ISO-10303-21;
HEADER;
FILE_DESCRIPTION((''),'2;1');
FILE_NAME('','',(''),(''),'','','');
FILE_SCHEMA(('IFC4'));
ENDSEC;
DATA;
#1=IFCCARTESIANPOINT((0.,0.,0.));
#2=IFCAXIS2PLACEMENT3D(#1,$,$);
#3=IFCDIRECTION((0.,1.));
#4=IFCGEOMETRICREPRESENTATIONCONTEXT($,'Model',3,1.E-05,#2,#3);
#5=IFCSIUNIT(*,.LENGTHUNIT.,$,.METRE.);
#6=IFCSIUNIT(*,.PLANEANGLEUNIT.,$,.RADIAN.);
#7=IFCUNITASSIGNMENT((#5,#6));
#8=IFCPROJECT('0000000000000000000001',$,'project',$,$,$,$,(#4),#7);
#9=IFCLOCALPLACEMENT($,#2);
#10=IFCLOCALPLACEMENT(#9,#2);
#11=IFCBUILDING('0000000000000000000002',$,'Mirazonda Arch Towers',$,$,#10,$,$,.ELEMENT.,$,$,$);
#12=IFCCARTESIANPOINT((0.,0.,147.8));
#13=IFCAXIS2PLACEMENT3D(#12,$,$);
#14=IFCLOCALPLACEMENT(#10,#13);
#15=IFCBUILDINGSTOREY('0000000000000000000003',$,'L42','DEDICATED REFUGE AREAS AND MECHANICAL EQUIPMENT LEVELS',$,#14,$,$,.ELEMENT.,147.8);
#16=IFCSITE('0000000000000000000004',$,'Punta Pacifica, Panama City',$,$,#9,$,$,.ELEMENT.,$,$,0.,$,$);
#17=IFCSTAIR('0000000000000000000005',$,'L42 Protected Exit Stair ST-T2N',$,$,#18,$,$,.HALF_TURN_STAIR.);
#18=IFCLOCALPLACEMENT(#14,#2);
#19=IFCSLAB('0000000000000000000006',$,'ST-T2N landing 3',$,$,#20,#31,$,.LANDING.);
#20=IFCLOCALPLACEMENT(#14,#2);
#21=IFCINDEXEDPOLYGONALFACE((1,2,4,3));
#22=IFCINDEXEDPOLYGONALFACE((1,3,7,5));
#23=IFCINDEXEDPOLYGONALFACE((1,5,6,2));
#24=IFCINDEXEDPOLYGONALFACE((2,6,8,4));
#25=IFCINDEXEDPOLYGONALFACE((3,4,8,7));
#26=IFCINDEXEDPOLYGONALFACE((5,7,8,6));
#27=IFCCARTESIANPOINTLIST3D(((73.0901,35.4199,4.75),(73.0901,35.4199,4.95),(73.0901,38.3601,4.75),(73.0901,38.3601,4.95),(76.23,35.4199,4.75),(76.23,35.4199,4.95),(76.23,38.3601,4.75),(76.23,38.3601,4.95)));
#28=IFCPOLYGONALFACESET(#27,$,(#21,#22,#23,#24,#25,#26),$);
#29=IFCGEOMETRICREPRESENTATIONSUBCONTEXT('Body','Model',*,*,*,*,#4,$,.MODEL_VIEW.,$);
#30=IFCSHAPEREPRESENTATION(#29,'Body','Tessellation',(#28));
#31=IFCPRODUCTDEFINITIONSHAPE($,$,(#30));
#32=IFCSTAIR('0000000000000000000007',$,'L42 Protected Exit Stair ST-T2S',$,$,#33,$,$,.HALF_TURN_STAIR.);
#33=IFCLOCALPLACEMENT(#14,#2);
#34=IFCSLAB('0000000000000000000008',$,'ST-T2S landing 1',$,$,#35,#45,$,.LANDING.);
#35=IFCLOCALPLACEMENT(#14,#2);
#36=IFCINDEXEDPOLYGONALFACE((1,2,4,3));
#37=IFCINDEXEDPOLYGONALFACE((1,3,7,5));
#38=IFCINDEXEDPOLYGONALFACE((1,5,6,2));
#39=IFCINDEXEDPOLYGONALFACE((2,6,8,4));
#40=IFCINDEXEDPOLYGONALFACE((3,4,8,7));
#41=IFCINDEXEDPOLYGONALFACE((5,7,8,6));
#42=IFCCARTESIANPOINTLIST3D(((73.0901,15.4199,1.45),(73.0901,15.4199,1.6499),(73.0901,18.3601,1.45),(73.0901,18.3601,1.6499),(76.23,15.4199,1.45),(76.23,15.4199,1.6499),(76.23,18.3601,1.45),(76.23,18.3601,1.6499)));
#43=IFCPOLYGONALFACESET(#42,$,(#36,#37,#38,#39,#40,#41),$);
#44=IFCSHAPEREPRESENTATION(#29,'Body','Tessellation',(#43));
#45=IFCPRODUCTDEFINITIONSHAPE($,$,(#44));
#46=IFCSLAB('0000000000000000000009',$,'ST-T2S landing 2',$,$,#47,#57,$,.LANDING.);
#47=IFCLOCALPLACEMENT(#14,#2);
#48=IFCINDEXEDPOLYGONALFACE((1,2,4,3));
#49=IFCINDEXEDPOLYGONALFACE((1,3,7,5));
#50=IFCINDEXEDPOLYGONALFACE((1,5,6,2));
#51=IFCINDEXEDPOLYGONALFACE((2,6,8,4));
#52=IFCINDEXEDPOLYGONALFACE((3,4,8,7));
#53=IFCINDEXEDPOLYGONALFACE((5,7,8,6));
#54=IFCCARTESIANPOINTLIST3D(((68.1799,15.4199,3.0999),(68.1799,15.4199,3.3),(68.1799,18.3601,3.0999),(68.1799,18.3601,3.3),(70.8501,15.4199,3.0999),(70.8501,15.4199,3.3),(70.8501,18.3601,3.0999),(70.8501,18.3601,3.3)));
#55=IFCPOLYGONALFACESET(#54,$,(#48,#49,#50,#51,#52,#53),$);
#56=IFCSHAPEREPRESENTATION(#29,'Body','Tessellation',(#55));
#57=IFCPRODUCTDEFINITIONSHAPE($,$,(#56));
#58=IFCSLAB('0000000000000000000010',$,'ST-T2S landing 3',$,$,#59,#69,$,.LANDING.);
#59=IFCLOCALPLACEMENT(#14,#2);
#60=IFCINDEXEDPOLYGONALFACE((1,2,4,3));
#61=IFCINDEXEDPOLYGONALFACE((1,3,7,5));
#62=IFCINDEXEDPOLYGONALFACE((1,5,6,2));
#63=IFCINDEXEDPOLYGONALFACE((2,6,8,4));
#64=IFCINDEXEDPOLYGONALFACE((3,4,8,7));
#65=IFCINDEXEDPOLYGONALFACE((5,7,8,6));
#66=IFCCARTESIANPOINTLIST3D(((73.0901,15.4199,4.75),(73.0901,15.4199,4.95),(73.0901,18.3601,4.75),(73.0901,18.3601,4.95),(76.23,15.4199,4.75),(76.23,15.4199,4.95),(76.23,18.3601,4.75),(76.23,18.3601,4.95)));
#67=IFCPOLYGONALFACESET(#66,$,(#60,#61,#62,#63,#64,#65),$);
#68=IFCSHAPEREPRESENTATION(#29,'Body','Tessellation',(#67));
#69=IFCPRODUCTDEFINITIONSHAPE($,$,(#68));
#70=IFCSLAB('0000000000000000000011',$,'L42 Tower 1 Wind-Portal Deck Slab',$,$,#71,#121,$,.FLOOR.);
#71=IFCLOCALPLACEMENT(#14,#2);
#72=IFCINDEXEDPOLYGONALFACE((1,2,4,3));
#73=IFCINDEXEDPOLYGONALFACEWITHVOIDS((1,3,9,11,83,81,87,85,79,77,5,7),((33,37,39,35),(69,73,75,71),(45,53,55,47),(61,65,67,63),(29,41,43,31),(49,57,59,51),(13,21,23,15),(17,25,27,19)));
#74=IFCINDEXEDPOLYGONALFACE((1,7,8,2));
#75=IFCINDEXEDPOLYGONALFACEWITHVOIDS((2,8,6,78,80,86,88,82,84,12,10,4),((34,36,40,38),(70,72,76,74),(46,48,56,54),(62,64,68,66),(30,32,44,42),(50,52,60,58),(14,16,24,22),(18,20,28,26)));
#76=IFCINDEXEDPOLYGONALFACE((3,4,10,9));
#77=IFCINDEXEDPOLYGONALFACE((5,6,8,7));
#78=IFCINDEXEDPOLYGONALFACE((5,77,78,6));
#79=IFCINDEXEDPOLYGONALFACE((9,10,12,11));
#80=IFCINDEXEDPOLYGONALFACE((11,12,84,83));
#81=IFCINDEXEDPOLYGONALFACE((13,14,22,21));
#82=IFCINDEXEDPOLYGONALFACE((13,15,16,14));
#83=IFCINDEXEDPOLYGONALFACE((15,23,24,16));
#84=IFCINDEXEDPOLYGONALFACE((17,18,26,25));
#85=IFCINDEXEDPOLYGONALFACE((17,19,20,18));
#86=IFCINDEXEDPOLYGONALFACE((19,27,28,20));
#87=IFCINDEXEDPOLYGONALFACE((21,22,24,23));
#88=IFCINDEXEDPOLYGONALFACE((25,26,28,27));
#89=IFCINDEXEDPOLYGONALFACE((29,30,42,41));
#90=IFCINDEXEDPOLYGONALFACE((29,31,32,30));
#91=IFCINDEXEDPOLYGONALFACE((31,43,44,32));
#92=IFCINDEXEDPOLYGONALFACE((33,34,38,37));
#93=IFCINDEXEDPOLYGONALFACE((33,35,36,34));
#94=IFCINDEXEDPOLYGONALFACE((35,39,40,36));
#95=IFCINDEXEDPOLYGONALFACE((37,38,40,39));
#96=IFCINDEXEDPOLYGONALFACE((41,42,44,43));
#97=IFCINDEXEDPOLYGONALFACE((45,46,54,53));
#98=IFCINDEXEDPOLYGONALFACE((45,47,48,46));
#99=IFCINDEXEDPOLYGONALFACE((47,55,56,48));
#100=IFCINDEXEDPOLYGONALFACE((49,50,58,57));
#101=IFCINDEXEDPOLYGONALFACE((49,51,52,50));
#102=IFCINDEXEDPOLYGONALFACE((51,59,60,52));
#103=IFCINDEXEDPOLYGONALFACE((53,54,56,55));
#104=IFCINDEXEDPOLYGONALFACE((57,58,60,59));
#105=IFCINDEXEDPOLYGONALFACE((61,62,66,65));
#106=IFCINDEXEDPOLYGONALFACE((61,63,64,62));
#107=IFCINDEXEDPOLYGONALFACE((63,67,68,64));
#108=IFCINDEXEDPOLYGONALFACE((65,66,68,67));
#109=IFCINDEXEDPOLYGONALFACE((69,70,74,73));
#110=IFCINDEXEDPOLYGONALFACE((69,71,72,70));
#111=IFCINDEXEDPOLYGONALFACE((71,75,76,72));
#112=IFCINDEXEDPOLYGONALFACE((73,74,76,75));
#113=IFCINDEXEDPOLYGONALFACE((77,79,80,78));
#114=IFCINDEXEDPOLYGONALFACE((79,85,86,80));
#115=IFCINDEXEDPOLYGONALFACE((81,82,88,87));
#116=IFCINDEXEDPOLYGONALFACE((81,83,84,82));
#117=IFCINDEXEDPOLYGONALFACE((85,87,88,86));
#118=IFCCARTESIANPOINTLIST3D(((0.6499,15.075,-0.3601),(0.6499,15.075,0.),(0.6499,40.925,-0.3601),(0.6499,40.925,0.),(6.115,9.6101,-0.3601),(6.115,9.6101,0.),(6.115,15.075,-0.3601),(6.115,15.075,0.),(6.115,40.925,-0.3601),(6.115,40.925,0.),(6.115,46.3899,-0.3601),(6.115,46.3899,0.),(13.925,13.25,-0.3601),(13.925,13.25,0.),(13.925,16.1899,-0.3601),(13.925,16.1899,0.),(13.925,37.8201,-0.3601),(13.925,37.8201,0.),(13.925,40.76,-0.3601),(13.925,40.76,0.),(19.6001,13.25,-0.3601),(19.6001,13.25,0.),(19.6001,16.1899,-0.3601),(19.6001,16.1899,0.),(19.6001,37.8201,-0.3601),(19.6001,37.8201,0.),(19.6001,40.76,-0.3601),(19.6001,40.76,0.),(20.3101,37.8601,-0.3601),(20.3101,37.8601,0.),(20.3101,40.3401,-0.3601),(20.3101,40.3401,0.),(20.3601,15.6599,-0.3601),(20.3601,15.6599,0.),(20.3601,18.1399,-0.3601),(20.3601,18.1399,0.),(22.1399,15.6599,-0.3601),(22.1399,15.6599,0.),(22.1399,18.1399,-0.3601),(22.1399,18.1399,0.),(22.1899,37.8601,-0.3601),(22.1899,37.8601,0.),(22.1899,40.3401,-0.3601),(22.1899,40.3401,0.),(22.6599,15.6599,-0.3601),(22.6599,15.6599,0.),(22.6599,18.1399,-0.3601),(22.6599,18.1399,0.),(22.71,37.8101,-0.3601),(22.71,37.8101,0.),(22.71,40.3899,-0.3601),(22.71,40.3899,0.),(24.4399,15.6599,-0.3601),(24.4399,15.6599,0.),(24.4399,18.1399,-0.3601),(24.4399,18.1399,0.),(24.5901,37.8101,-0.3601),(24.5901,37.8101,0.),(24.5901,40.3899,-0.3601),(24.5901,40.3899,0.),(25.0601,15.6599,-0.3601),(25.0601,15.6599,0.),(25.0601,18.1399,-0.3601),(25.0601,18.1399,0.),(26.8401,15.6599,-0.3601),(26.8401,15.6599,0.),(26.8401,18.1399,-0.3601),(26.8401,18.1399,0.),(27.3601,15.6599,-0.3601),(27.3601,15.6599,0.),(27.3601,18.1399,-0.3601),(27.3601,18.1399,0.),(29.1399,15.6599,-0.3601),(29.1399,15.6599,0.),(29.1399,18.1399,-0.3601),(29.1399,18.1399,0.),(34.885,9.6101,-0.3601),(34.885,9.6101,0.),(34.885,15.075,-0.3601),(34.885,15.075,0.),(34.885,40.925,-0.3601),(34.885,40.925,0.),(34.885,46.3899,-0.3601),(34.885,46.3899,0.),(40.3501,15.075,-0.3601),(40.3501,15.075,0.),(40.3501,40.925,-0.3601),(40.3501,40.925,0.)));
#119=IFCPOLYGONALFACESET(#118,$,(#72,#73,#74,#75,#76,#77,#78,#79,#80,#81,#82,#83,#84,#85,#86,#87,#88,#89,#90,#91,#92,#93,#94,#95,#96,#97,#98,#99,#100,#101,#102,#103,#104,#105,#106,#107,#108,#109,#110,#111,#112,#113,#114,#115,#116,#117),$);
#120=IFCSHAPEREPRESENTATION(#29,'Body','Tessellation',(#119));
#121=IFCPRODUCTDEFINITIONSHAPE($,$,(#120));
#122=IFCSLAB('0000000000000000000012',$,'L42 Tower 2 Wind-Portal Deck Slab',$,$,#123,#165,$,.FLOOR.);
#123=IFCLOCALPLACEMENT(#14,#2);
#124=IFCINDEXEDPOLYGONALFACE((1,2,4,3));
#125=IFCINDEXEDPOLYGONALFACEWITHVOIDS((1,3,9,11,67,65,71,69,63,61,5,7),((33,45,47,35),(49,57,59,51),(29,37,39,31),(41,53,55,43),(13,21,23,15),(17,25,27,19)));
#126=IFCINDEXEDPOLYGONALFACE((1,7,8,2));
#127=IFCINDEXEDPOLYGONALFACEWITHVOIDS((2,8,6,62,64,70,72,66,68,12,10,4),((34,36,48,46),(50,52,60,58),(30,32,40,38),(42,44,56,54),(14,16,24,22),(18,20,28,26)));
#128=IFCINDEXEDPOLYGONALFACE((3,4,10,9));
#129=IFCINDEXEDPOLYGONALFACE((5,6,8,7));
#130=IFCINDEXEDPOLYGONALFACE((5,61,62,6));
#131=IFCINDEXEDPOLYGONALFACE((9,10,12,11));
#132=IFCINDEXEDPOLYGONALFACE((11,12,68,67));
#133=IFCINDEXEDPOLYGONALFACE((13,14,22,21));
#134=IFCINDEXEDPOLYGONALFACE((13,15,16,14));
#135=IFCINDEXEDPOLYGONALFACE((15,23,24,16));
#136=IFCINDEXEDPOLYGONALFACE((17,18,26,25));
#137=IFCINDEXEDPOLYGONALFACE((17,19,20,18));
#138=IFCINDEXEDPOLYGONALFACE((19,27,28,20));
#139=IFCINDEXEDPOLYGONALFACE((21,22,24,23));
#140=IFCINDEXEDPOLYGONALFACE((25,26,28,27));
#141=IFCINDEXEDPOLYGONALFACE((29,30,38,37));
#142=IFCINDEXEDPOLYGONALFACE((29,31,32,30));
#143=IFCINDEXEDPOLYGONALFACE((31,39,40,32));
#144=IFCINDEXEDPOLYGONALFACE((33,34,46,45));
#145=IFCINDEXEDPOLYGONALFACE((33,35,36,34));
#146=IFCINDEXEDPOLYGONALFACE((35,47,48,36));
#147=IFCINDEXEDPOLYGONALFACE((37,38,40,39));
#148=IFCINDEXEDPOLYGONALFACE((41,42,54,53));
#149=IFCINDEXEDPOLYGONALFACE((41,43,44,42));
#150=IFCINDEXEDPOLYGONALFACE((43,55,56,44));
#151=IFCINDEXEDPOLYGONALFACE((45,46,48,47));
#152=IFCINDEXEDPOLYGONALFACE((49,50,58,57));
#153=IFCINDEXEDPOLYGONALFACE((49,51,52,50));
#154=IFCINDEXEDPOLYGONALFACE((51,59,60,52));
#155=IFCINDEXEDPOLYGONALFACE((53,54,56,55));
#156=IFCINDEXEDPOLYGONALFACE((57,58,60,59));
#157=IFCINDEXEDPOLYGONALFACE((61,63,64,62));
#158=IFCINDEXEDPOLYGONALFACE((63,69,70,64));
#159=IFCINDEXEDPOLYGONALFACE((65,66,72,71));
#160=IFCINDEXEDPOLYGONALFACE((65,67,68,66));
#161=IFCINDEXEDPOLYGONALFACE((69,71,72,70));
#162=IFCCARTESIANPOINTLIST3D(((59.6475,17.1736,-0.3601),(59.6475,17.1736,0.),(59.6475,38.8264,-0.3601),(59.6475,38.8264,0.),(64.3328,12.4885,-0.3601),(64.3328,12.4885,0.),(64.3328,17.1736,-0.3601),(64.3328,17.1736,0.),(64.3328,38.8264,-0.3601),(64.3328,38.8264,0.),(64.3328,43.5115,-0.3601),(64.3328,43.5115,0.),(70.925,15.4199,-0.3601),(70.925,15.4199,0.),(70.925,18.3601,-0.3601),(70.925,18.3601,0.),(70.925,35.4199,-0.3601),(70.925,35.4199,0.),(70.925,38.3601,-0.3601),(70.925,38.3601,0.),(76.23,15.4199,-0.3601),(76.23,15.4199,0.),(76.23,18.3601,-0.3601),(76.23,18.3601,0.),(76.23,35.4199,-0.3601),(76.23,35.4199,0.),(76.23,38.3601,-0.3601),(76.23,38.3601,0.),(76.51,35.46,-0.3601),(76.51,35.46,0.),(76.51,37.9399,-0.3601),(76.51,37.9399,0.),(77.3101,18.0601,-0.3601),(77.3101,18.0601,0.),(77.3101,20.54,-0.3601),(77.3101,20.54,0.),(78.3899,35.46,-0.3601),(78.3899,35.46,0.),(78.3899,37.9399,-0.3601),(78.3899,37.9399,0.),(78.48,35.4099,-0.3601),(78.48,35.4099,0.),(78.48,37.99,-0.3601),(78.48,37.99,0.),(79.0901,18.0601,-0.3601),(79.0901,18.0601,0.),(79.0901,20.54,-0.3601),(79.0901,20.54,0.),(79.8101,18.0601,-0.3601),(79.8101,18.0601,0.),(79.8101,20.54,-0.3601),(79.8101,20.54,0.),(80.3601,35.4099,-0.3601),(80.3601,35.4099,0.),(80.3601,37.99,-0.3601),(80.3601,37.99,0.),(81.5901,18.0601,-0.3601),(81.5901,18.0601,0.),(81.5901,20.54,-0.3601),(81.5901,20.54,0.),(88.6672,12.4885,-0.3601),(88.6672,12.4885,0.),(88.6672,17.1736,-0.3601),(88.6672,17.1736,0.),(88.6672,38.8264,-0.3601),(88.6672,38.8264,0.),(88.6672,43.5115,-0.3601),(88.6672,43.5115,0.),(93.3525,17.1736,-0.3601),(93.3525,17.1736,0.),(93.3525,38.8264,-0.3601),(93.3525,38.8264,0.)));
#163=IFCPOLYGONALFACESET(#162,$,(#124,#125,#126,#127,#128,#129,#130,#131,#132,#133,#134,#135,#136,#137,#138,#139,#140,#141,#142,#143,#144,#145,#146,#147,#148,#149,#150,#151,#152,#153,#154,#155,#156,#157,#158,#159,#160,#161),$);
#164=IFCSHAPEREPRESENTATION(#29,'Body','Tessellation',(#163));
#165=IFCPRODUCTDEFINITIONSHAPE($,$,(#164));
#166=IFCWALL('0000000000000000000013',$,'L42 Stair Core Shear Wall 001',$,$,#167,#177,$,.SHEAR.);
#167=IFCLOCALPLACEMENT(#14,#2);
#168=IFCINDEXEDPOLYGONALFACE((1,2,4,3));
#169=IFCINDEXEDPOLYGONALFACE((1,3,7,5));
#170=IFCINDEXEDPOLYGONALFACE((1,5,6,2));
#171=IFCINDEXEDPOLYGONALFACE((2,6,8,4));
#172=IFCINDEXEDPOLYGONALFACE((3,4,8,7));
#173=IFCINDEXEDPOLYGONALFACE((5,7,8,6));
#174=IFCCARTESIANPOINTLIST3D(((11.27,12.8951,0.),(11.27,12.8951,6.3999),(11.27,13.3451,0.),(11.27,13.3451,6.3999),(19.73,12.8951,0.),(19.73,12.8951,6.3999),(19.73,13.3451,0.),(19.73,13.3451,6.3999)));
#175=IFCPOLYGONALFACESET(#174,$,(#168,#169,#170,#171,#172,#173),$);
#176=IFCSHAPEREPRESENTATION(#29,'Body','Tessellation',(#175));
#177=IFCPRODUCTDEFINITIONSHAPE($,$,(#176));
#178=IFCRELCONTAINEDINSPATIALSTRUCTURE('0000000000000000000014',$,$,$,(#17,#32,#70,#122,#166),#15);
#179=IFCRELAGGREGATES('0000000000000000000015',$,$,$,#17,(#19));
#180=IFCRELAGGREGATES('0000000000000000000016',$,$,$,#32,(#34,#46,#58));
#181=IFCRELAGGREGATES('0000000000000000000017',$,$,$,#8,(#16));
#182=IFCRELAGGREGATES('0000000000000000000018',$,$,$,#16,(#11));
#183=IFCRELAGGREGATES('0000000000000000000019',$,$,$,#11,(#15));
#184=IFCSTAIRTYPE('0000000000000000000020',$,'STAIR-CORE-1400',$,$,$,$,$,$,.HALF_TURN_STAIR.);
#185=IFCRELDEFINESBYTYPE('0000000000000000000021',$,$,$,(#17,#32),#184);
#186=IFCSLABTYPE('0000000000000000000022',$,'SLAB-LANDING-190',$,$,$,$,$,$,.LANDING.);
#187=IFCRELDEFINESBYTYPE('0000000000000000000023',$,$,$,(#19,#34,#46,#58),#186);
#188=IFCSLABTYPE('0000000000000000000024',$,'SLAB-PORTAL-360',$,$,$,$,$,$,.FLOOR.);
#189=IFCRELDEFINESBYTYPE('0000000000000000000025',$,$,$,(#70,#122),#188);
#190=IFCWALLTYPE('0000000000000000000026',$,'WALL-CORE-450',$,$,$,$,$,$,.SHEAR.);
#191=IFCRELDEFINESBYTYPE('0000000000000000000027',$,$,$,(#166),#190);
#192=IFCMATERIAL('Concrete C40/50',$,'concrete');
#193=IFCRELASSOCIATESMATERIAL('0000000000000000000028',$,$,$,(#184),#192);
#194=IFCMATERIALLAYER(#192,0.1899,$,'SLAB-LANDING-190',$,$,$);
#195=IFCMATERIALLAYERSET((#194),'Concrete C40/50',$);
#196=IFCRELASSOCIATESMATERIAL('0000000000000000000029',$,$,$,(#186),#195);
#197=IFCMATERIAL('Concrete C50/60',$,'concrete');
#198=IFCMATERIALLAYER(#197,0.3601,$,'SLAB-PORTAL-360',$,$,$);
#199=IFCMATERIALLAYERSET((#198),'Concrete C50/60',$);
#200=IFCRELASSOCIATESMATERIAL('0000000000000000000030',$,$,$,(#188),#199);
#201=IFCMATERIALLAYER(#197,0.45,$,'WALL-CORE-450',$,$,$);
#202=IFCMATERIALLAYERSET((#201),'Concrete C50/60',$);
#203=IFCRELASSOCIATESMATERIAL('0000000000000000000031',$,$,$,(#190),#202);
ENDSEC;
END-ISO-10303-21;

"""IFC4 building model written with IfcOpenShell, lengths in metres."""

from ifc_helpers import new_model, si_unit, direction, frame, frame_2d, origin, place, context, subcontext, project, spatial, polyline, rectangle, outline, extrude, material, layer, layer_set, type_object, element, aggregate, save


model = new_model("IFC4")

# Units and contexts
model_context = context("Model", 3, precision=1e-05, world=origin(), true_north=direction((0.0, 1.0)))
body_context = subcontext(model_context, "Body", "Model", "MODEL_VIEW")
ifc_project = project(units=[si_unit("LENGTHUNIT", "METRE"), si_unit("PLANEANGLEUNIT", "RADIAN")], contexts=[model_context])

# Site, building, storey
site_placement = place(None, origin())
site = spatial("IfcSite", under=ifc_project, at=site_placement, Name="Punta Pacifica, Panama City", CompositionType="ELEMENT", RefElevation=0.0)
building_placement = place(site_placement, origin())
building = spatial("IfcBuilding", under=site, at=building_placement, Name="Mirazonda Arch Towers", CompositionType="ELEMENT")
storey_placement = place(building_placement, frame((0.0, 0.0, 147.8)))
storey = spatial("IfcBuildingStorey", under=building, at=storey_placement, Name="L42", Description="DEDICATED REFUGE AREAS AND MECHANICAL EQUIPMENT LEVELS", CompositionType="ELEMENT", Elevation=147.8)

# Shared definitions
ifc_material_1 = material(Name="Concrete C50/60", Category="concrete")

# Stairs, slabs
ifc_material_2 = material(Name="Concrete C40/50", Category="concrete")
stair_type = type_object("IfcStairType", Name="STAIR-CORE-1400", PredefinedType="HALF_TURN_STAIR", material=ifc_material_2)
ifc_layer_1 = layer(ifc_material_2, 0.1899, Name="SLAB-LANDING-190")
ifc_layer_set_1 = layer_set([ifc_layer_1], Name="Concrete C40/50")
slab_type_1 = type_object("IfcSlabType", Name="SLAB-LANDING-190", PredefinedType="LANDING", material=ifc_layer_set_1)
stair_1_placement = place(storey_placement, origin())
stair_1 = element("IfcStair", 1, at=stair_1_placement, inside=storey, type_object=stair_type, Name="L42 Protected Exit Stair ST-T2N", PredefinedType="HALF_TURN_STAIR")
slab_1_placement = place(storey_placement, frame((0.0, 0.0, 4.75)))
slab_1 = element("IfcSlab", 2, at=slab_1_placement, type_object=slab_type_1, Name="ST-T2N landing 3", PredefinedType="LANDING", context=body_context, shape_type="SweptSolid", body=[
    extrude(outline(polyline([(73.0901, 35.4199), (76.23, 35.4199), (76.23, 38.3601), (73.0901, 38.3601), (73.0901, 35.4199)])), origin(), (0.0, 0.0, 1.0), 0.2),
])
aggregate(stair_1, [slab_1])
stair_2_placement = place(storey_placement, origin())
stair_2 = element("IfcStair", 3, at=stair_2_placement, inside=storey, type_object=stair_type, Name="L42 Protected Exit Stair ST-T2S", PredefinedType="HALF_TURN_STAIR")
slab_2_placement = place(storey_placement, frame((0.0, 0.0, 1.45)))
slab_2 = element("IfcSlab", 4, at=slab_2_placement, type_object=slab_type_1, Name="ST-T2S landing 1", PredefinedType="LANDING", context=body_context, shape_type="SweptSolid", body=[
    extrude(outline(polyline([(73.0901, 15.4199), (76.23, 15.4199), (76.23, 18.3601), (73.0901, 18.3601), (73.0901, 15.4199)])), origin(), (0.0, 0.0, 1.0), 0.2),
])
slab_3_placement = place(storey_placement, frame((0.0, 0.0, 3.0999)))
slab_3 = element("IfcSlab", 5, at=slab_3_placement, type_object=slab_type_1, Name="ST-T2S landing 2", PredefinedType="LANDING", context=body_context, shape_type="SweptSolid", body=[
    extrude(outline(polyline([(68.1799, 15.4199), (70.8501, 15.4199), (70.8501, 18.3601), (68.1799, 18.3601), (68.1799, 15.4199)])), origin(), (0.0, 0.0, 1.0), 0.2002),
])
slab_4_placement = place(storey_placement, frame((0.0, 0.0, 4.75)))
slab_4 = element("IfcSlab", 6, at=slab_4_placement, type_object=slab_type_1, Name="ST-T2S landing 3", PredefinedType="LANDING", context=body_context, shape_type="SweptSolid", body=[
    extrude(outline(polyline([(73.0901, 15.4199), (76.23, 15.4199), (76.23, 18.3601), (73.0901, 18.3601), (73.0901, 15.4199)])), origin(), (0.0, 0.0, 1.0), 0.2),
])
aggregate(stair_2, [slab_2, slab_3, slab_4])

# Slabs
ifc_layer_2 = layer(ifc_material_1, 0.3601, Name="SLAB-PORTAL-360")
ifc_layer_set_2 = layer_set([ifc_layer_2], Name="Concrete C50/60")
slab_type_2 = type_object("IfcSlabType", Name="SLAB-PORTAL-360", PredefinedType="FLOOR", material=ifc_layer_set_2)
slab_5_placement = place(storey_placement, frame((0.0, 0.0, -0.3601)))
element("IfcSlab", 7, at=slab_5_placement, inside=storey, type_object=slab_type_2, Name="L42 Tower 1 Wind-Portal Deck Slab", PredefinedType="FLOOR", context=body_context, shape_type="SweptSolid", body=[
    extrude(outline(polyline([(6.115, 9.6101), (34.885, 9.6101), (34.885, 15.075), (40.3501, 15.075), (40.3501, 40.925), (34.885, 40.925), (34.885, 46.3899), (6.115, 46.3899), (6.115, 40.925), (0.6499, 40.925), (0.6499, 15.075), (6.115, 15.075), (6.115, 9.6101)]), holes=[polyline([(27.3601, 18.1399), (29.1399, 18.1399), (29.1399, 15.6599), (27.3601, 15.6599), (27.3601, 18.1399)]), polyline([(25.0601, 18.1399), (26.8401, 18.1399), (26.8401, 15.6599), (25.0601, 15.6599), (25.0601, 18.1399)]), polyline([(22.71, 40.3899), (24.5901, 40.3899), (24.5901, 37.8101), (22.71, 37.8101), (22.71, 40.3899)]), polyline([(22.6599, 18.1399), (24.4399, 18.1399), (24.4399, 15.6599), (22.6599, 15.6599), (22.6599, 18.1399)]), polyline([(20.3101, 40.3401), (22.1899, 40.3401), (22.1899, 37.8601), (20.3101, 37.8601), (20.3101, 40.3401)]), polyline([(20.3601, 18.1399), (22.1399, 18.1399), (22.1399, 15.6599), (20.3601, 15.6599), (20.3601, 18.1399)]), polyline([(13.925, 13.25), (13.925, 16.1899), (19.6001, 16.1899), (19.6001, 13.25), (13.925, 13.25)]), polyline([(13.925, 37.8201), (13.925, 40.76), (19.6001, 40.76), (19.6001, 37.8201), (13.925, 37.8201)])]), origin(), (0.0, 0.0, 1.0), 0.3601),
])
slab_6_placement = place(storey_placement, frame((0.0, 0.0, -0.3601)))
element("IfcSlab", 8, at=slab_6_placement, inside=storey, type_object=slab_type_2, Name="L42 Tower 2 Wind-Portal Deck Slab", PredefinedType="FLOOR", context=body_context, shape_type="SweptSolid", body=[
    extrude(outline(polyline([(64.3328, 12.4885), (88.6672, 12.4885), (88.6672, 17.1736), (93.3525, 17.1736), (93.3525, 38.8264), (88.6672, 38.8264), (88.6672, 43.5115), (64.3328, 43.5115), (64.3328, 38.8264), (59.6475, 38.8264), (59.6475, 17.1736), (64.3328, 17.1736), (64.3328, 12.4885)]), holes=[polyline([(79.8101, 20.54), (81.5901, 20.54), (81.5901, 18.0601), (79.8101, 18.0601), (79.8101, 20.54)]), polyline([(78.48, 37.99), (80.3601, 37.99), (80.3601, 35.4099), (78.48, 35.4099), (78.48, 37.99)]), polyline([(77.3101, 20.54), (79.0901, 20.54), (79.0901, 18.0601), (77.3101, 18.0601), (77.3101, 20.54)]), polyline([(76.51, 35.46), (76.51, 37.9399), (78.3899, 37.9399), (78.3899, 35.46), (76.51, 35.46)]), polyline([(76.23, 15.4199), (70.925, 15.4199), (70.925, 18.3601), (76.23, 18.3601), (76.23, 15.4199)]), polyline([(70.925, 35.4199), (70.925, 38.3601), (76.23, 38.3601), (76.23, 35.4199), (70.925, 35.4199)])]), origin(), (0.0, 0.0, 1.0), 0.3601),
])

# Wall
ifc_layer_3 = layer(ifc_material_1, 0.45, Name="WALL-CORE-450")
ifc_layer_set_3 = layer_set([ifc_layer_3], Name="Concrete C50/60")
wall_type_1 = type_object("IfcWallType", Name="WALL-CORE-450", PredefinedType="SHEAR", material=ifc_layer_set_3)
wall_1_placement = place(storey_placement, frame((11.27, 13.1201, 0.0), z_axis=(0.0, 0.0, 1.0), x_axis=(1.0, 0.0, 0.0)))
element("IfcWall", 9, at=wall_1_placement, inside=storey, type_object=wall_type_1, Name="L42 Stair Core Shear Wall 001", PredefinedType="SHEAR", context=body_context, shape_type="SweptSolid", body=[
    extrude(rectangle(XDim=8.46, YDim=0.45, at=frame_2d((4.23, 0.0))), origin(), (0.0, 0.0, 1.0), 6.3999),
])

save(model, "model.ifc")
